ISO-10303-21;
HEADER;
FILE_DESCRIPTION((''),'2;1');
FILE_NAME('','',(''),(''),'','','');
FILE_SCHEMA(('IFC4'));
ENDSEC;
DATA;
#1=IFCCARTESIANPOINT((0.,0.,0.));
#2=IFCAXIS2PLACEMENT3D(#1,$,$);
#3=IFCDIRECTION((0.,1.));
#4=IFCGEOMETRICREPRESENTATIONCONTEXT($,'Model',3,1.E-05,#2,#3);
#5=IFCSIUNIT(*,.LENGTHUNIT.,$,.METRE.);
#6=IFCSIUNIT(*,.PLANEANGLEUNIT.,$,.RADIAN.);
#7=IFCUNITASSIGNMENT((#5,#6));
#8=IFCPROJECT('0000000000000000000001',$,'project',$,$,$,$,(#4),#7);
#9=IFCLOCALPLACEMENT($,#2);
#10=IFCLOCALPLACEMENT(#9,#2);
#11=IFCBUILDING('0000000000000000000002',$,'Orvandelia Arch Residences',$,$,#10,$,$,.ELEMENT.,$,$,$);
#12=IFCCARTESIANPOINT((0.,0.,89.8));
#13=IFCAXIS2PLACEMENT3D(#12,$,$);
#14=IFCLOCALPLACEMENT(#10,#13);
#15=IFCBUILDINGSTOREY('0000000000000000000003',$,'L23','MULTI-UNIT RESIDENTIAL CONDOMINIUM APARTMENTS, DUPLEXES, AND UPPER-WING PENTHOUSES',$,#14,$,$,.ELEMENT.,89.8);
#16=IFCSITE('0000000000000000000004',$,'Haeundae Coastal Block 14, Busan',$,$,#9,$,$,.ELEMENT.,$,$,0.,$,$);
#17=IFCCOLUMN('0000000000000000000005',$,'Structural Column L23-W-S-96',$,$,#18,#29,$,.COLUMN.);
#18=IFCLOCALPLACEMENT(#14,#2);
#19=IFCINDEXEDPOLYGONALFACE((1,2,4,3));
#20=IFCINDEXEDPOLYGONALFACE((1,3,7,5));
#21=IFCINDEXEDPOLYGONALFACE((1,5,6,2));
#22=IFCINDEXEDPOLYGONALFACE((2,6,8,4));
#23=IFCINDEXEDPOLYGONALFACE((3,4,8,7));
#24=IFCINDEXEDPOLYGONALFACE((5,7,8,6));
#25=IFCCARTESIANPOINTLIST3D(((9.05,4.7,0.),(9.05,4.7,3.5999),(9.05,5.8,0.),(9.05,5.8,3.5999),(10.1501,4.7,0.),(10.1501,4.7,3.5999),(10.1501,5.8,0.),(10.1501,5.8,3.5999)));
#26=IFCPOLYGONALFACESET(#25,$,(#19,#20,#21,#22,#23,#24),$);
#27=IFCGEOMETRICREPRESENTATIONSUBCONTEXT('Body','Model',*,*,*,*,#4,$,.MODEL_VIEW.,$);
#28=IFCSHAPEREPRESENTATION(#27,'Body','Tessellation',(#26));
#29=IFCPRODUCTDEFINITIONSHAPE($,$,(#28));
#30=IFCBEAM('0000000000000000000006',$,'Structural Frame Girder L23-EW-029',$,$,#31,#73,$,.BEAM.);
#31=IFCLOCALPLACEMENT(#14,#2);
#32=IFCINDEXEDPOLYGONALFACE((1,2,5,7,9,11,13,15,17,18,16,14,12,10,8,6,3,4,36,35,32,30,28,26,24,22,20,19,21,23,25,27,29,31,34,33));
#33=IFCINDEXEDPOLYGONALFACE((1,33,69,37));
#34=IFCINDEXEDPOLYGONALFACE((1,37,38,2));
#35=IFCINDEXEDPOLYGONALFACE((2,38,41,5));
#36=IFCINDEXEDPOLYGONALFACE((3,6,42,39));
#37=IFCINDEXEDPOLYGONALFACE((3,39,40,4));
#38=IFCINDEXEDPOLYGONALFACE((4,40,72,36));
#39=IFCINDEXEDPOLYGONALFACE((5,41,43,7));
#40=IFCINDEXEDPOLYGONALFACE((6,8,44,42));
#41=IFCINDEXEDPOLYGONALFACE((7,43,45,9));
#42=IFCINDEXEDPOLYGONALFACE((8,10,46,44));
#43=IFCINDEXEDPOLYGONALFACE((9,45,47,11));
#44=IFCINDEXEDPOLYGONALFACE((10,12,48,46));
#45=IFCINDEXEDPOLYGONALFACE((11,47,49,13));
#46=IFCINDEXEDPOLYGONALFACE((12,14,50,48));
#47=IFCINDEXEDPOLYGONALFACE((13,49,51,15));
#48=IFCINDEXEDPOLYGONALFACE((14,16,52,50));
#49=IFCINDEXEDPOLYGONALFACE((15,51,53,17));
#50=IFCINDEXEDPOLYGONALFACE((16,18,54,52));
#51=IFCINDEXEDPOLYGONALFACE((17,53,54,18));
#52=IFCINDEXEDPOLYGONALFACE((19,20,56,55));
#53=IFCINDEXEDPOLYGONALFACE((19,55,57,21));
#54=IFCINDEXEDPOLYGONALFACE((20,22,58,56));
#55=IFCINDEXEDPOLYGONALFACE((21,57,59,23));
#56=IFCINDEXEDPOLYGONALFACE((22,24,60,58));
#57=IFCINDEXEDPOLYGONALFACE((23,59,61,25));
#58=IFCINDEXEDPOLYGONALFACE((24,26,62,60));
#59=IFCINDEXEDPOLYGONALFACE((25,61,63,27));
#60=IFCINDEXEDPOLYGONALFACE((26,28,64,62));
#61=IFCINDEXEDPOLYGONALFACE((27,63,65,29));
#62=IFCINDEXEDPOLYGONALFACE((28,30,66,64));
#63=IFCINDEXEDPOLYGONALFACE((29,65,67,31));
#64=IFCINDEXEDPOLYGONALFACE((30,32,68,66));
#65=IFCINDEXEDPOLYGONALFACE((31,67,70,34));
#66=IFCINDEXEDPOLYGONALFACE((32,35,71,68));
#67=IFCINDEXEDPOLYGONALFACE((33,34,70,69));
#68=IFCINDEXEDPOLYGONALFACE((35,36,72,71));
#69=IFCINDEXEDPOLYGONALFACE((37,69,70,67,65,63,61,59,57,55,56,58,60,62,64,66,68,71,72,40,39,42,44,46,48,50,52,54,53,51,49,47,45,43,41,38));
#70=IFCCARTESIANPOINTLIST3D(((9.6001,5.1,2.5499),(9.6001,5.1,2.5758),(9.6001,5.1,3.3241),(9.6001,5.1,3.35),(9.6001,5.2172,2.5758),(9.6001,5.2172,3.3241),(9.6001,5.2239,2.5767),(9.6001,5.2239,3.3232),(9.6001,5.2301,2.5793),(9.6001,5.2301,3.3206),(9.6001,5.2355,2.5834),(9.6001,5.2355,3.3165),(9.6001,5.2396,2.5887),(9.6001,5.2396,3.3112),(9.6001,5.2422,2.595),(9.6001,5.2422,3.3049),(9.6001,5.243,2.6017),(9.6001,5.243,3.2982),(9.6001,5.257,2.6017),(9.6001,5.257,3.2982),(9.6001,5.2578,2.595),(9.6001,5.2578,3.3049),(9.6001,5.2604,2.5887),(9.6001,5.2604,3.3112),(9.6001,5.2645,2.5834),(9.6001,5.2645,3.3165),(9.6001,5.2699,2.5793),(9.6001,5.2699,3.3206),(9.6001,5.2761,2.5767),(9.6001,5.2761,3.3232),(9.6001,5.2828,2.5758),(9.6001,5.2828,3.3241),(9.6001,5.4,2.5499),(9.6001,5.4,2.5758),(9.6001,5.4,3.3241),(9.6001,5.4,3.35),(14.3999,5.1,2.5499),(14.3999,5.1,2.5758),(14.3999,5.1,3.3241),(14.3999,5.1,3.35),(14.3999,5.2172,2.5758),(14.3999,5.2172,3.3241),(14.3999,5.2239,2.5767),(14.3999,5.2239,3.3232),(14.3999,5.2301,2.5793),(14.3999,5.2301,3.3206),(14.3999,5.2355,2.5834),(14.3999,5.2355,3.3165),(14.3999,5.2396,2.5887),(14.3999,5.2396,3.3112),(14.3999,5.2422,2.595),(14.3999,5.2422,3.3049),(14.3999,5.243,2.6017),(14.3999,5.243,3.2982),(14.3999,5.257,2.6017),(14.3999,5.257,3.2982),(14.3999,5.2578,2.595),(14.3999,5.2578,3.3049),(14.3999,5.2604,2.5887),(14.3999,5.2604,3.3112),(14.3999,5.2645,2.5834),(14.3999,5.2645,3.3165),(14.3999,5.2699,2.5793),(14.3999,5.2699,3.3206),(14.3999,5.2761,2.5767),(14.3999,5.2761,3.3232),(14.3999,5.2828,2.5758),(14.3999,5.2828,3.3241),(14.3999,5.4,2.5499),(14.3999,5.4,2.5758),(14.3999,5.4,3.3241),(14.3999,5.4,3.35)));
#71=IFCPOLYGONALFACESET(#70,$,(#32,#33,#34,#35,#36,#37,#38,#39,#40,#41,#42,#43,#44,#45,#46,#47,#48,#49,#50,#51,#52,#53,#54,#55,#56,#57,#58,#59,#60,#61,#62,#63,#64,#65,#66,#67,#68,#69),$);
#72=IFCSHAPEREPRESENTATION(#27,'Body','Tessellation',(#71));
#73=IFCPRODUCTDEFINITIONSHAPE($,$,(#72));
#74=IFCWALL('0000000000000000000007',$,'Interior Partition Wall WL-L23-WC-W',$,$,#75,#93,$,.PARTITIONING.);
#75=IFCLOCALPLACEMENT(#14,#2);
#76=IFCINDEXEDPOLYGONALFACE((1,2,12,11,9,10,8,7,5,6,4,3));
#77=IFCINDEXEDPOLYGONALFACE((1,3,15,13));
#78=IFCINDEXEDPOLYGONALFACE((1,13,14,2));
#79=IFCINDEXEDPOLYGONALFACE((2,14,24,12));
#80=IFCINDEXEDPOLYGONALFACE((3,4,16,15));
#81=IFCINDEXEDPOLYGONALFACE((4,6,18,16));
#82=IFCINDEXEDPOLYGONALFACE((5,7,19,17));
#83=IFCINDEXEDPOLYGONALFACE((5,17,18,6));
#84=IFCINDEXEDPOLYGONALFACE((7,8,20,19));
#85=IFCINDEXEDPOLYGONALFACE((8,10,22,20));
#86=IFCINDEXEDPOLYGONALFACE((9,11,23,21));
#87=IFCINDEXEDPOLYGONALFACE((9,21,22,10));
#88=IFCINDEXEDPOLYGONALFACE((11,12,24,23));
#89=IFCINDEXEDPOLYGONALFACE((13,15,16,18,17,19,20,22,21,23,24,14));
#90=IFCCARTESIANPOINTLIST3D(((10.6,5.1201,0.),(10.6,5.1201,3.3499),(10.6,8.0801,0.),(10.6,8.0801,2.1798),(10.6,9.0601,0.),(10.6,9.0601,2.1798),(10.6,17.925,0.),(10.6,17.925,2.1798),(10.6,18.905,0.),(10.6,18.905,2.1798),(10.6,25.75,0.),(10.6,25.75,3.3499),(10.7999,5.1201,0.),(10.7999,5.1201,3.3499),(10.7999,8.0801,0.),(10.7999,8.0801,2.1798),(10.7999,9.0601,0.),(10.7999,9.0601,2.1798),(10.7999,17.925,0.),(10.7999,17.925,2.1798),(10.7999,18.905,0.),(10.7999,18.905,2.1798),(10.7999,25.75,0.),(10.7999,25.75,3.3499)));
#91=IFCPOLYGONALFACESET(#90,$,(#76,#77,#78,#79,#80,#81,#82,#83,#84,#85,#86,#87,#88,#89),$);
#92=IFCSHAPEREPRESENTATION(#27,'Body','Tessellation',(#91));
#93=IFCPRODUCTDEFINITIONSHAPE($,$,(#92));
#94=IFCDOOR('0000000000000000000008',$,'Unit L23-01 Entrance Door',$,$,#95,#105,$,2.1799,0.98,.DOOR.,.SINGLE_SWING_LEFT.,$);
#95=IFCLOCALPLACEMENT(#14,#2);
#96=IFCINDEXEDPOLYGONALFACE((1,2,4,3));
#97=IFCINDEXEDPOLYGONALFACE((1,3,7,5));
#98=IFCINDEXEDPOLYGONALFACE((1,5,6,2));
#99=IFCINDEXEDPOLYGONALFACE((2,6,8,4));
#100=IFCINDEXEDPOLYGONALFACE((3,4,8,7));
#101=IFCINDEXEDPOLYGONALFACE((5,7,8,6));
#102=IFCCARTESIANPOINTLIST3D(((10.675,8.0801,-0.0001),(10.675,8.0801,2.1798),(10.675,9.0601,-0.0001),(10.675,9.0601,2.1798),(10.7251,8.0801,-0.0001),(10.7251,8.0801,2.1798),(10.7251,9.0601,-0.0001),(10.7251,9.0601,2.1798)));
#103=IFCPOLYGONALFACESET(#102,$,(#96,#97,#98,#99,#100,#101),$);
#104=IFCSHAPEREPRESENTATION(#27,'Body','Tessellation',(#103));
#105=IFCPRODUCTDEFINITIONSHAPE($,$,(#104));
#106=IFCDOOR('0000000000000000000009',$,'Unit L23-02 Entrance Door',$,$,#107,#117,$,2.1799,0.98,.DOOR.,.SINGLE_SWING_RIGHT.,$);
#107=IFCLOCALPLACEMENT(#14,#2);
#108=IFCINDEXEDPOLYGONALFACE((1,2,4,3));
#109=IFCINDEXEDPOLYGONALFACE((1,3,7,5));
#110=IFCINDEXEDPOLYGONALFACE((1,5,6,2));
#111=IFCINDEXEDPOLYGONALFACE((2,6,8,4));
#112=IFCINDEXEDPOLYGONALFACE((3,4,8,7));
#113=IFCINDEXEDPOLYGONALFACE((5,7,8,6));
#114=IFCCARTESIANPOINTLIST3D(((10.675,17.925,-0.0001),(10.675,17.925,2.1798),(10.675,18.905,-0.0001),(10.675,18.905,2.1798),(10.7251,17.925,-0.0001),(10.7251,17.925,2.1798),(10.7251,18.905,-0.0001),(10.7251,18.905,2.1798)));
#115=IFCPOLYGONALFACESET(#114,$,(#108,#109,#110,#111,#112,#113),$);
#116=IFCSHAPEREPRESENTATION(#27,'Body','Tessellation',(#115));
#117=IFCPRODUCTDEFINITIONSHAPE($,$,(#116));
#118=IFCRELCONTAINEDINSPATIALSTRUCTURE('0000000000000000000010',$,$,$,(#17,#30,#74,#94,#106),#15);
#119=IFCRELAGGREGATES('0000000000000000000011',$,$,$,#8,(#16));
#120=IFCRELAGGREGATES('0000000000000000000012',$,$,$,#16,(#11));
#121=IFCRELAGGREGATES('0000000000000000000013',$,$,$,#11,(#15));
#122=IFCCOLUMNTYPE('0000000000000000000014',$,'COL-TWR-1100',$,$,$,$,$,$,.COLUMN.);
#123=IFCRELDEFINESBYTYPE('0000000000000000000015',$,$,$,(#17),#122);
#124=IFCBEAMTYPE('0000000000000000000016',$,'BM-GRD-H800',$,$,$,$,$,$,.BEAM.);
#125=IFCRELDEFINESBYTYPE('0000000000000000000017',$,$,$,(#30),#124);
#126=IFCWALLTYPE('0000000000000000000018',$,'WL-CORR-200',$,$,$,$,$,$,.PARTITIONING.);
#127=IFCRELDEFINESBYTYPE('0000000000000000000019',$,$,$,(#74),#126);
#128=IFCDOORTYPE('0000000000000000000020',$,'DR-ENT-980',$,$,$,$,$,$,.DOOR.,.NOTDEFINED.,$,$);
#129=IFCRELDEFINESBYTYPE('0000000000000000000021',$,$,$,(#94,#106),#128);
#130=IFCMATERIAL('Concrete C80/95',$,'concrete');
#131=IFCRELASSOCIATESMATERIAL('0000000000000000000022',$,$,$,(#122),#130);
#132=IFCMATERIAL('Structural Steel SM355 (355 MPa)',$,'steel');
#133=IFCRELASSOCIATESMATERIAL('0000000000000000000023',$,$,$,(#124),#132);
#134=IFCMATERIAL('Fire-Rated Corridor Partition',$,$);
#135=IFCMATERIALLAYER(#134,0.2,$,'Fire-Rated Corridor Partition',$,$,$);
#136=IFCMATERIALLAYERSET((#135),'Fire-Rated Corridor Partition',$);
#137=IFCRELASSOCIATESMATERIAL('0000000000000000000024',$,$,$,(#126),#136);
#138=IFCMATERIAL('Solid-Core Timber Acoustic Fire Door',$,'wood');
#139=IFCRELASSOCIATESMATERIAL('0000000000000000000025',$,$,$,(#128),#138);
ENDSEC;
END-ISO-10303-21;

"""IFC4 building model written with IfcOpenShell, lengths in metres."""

from ifc_helpers import new_model, si_unit, direction, frame, frame_2d, origin, origin_2d, place, context, subcontext, project, spatial, rectangle, i_section, extrude, material, layer, layer_set, material_profile, profile_set, type_object, element, fill, save


model = new_model("IFC4")

# Units and contexts
model_context = context("Model", 3, precision=1e-05, world=origin(), true_north=direction((0.0, 1.0)))
body_context = subcontext(model_context, "Body", "Model", "MODEL_VIEW")
ifc_project = project(units=[si_unit("LENGTHUNIT", "METRE"), si_unit("PLANEANGLEUNIT", "RADIAN")], contexts=[model_context])

# Site, building, storey
site_placement = place(None, origin())
site = spatial("IfcSite", under=ifc_project, at=site_placement, Name="Haeundae Coastal Block 14, Busan", CompositionType="ELEMENT", RefElevation=0.0)
building_placement = place(site_placement, origin())
building = spatial("IfcBuilding", under=site, at=building_placement, Name="Orvandelia Arch Residences", CompositionType="ELEMENT")
storey_placement = place(building_placement, frame((0.0, 0.0, 89.8)))
storey = spatial("IfcBuildingStorey", under=building, at=storey_placement, Name="L23", Description="MULTI-UNIT RESIDENTIAL CONDOMINIUM APARTMENTS, DUPLEXES, AND UPPER-WING PENTHOUSES", CompositionType="ELEMENT", Elevation=89.8)

# Column
ifc_material_1 = material(Name="Concrete C80/95", Category="concrete")
ifc_material_profile_1 = material_profile(ifc_material_1, rectangle(XDim=1.1001, YDim=1.1001, at=origin_2d()), Name="Concrete C80/95", Category="concrete")
ifc_profile_set_1 = profile_set([ifc_material_profile_1], Name="Concrete C80/95")
column_type = type_object("IfcColumnType", Name="COL-TWR-1100", PredefinedType="COLUMN", material=ifc_profile_set_1)
column_placement = place(storey_placement, frame((9.6001, 5.25, 0.0), z_axis=(0.0, 0.0, 1.0), x_axis=(1.0, 0.0, 0.0)))
element("IfcColumn", 1, at=column_placement, inside=storey, type_object=column_type, Name="Structural Column L23-W-S-96", PredefinedType="COLUMN", context=body_context, shape_type="SweptSolid", body=[
    extrude(rectangle(XDim=1.1001, YDim=1.1001, at=origin_2d()), origin(), (0.0, 0.0, 1.0), 3.5999),
])

# Beam
ifc_material_2 = material(Name="Structural Steel SM355 (355 MPa)", Category="steel")
ifc_material_profile_2 = material_profile(ifc_material_2, i_section(OverallWidth=0.3, OverallDepth=0.8, WebThickness=0.0139, FlangeThickness=0.0259, FilletRadius=0.0259, at=origin_2d()), Name="Structural Steel SM355 (355 MPa)", Category="steel")
ifc_profile_set_2 = profile_set([ifc_material_profile_2], Name="Structural Steel SM355 (355 MPa)")
beam_type = type_object("IfcBeamType", Name="BM-GRD-H800", PredefinedType="BEAM", material=ifc_profile_set_2)
beam_placement = place(storey_placement, frame((9.6001, 5.25, 2.95), z_axis=(1.0, 0.0, 0.0), x_axis=(0.0, 1.0, 0.0)))
element("IfcBeam", 2, at=beam_placement, inside=storey, type_object=beam_type, Name="Structural Frame Girder L23-EW-029", PredefinedType="BEAM", context=body_context, shape_type="SweptSolid", body=[
    extrude(i_section(OverallWidth=0.3, OverallDepth=0.8, WebThickness=0.0139, FlangeThickness=0.0259, FilletRadius=0.0259, at=origin_2d()), origin(), (0.0, 0.0, 1.0), 4.7998),
])

# Wall, openings, doors
ifc_material_3 = material(Name="Fire-Rated Corridor Partition")
ifc_layer_1 = layer(ifc_material_3, 0.2, Name="Fire-Rated Corridor Partition")
ifc_layer_set_1 = layer_set([ifc_layer_1], Name="Fire-Rated Corridor Partition")
wall_type_1 = type_object("IfcWallType", Name="WL-CORR-200", PredefinedType="PARTITIONING", material=ifc_layer_set_1)
wall_1_placement = place(storey_placement, frame((10.7, 5.1201, 0.0), z_axis=(0.0, 0.0, 1.0), x_axis=(0.0, 1.0, 0.0)))
wall_1 = element("IfcWall", 3, at=wall_1_placement, inside=storey, type_object=wall_type_1, Name="Interior Partition Wall WL-L23-WC-W", PredefinedType="PARTITIONING", context=body_context, shape_type="SweptSolid", body=[
    extrude(rectangle(XDim=20.6299, YDim=0.2, at=frame_2d((10.3149, 0.0))), origin(), (0.0, 0.0, 1.0), 3.3499),
])
opening_1_placement = place(wall_1_placement, frame((2.96, 0.0, 0.0)))
opening_1 = element("IfcOpeningElement", 4, at=opening_1_placement, cuts=wall_1, PredefinedType="OPENING", context=body_context, shape_type="SweptSolid", body=[
    extrude(rectangle(XDim=0.98, YDim=2.1799, at=frame_2d((0.49, 1.0898))), frame((0.0, 0.1099, 0.0), z_axis=(0.0, -1.0, 0.0), x_axis=(1.0, 0.0, 0.0)), (0.0, 0.0, 1.0), 0.22),
])
opening_2_placement = place(wall_1_placement, frame((12.8049, 0.0, 0.0)))
opening_2 = element("IfcOpeningElement", 5, at=opening_2_placement, cuts=wall_1, PredefinedType="OPENING", context=body_context, shape_type="SweptSolid", body=[
    extrude(rectangle(XDim=0.98, YDim=2.1799, at=frame_2d((0.49, 1.0898))), frame((0.0, 0.1099, 0.0), z_axis=(0.0, -1.0, 0.0), x_axis=(1.0, 0.0, 0.0)), (0.0, 0.0, 1.0), 0.22),
])
ifc_material_4 = material(Name="Solid-Core Timber Acoustic Fire Door", Category="wood")
door_type = type_object("IfcDoorType", Name="DR-ENT-980", OperationType="NOTDEFINED", PredefinedType="DOOR", material=ifc_material_4)
door_1_placement = place(opening_1_placement, origin())
door_1 = element("IfcDoor", 6, at=door_1_placement, inside=storey, type_object=door_type, Name="Unit L23-01 Entrance Door", OperationType="SINGLE_SWING_LEFT", OverallHeight=2.1799, OverallWidth=0.98, PredefinedType="DOOR", context=body_context, shape_type="SweptSolid", body=[
    extrude(rectangle(XDim=0.98, YDim=2.1799, at=frame_2d((0.49, 1.0898))), frame((0.0, 0.0249, 0.0), z_axis=(0.0, -1.0, 0.0), x_axis=(1.0, 0.0, 0.0)), (0.0, 0.0, 1.0), 0.05),
])
fill(opening_1, door_1)
door_2_placement = place(opening_2_placement, origin())
door_2 = element("IfcDoor", 7, at=door_2_placement, inside=storey, type_object=door_type, Name="Unit L23-02 Entrance Door", OperationType="SINGLE_SWING_RIGHT", OverallHeight=2.1799, OverallWidth=0.98, PredefinedType="DOOR", context=body_context, shape_type="SweptSolid", body=[
    extrude(rectangle(XDim=0.98, YDim=2.1799, at=frame_2d((0.49, 1.0898))), frame((0.0, 0.0249, 0.0), z_axis=(0.0, -1.0, 0.0), x_axis=(1.0, 0.0, 0.0)), (0.0, 0.0, 1.0), 0.05),
])
fill(opening_2, door_2)

save(model, "model.ifc")
